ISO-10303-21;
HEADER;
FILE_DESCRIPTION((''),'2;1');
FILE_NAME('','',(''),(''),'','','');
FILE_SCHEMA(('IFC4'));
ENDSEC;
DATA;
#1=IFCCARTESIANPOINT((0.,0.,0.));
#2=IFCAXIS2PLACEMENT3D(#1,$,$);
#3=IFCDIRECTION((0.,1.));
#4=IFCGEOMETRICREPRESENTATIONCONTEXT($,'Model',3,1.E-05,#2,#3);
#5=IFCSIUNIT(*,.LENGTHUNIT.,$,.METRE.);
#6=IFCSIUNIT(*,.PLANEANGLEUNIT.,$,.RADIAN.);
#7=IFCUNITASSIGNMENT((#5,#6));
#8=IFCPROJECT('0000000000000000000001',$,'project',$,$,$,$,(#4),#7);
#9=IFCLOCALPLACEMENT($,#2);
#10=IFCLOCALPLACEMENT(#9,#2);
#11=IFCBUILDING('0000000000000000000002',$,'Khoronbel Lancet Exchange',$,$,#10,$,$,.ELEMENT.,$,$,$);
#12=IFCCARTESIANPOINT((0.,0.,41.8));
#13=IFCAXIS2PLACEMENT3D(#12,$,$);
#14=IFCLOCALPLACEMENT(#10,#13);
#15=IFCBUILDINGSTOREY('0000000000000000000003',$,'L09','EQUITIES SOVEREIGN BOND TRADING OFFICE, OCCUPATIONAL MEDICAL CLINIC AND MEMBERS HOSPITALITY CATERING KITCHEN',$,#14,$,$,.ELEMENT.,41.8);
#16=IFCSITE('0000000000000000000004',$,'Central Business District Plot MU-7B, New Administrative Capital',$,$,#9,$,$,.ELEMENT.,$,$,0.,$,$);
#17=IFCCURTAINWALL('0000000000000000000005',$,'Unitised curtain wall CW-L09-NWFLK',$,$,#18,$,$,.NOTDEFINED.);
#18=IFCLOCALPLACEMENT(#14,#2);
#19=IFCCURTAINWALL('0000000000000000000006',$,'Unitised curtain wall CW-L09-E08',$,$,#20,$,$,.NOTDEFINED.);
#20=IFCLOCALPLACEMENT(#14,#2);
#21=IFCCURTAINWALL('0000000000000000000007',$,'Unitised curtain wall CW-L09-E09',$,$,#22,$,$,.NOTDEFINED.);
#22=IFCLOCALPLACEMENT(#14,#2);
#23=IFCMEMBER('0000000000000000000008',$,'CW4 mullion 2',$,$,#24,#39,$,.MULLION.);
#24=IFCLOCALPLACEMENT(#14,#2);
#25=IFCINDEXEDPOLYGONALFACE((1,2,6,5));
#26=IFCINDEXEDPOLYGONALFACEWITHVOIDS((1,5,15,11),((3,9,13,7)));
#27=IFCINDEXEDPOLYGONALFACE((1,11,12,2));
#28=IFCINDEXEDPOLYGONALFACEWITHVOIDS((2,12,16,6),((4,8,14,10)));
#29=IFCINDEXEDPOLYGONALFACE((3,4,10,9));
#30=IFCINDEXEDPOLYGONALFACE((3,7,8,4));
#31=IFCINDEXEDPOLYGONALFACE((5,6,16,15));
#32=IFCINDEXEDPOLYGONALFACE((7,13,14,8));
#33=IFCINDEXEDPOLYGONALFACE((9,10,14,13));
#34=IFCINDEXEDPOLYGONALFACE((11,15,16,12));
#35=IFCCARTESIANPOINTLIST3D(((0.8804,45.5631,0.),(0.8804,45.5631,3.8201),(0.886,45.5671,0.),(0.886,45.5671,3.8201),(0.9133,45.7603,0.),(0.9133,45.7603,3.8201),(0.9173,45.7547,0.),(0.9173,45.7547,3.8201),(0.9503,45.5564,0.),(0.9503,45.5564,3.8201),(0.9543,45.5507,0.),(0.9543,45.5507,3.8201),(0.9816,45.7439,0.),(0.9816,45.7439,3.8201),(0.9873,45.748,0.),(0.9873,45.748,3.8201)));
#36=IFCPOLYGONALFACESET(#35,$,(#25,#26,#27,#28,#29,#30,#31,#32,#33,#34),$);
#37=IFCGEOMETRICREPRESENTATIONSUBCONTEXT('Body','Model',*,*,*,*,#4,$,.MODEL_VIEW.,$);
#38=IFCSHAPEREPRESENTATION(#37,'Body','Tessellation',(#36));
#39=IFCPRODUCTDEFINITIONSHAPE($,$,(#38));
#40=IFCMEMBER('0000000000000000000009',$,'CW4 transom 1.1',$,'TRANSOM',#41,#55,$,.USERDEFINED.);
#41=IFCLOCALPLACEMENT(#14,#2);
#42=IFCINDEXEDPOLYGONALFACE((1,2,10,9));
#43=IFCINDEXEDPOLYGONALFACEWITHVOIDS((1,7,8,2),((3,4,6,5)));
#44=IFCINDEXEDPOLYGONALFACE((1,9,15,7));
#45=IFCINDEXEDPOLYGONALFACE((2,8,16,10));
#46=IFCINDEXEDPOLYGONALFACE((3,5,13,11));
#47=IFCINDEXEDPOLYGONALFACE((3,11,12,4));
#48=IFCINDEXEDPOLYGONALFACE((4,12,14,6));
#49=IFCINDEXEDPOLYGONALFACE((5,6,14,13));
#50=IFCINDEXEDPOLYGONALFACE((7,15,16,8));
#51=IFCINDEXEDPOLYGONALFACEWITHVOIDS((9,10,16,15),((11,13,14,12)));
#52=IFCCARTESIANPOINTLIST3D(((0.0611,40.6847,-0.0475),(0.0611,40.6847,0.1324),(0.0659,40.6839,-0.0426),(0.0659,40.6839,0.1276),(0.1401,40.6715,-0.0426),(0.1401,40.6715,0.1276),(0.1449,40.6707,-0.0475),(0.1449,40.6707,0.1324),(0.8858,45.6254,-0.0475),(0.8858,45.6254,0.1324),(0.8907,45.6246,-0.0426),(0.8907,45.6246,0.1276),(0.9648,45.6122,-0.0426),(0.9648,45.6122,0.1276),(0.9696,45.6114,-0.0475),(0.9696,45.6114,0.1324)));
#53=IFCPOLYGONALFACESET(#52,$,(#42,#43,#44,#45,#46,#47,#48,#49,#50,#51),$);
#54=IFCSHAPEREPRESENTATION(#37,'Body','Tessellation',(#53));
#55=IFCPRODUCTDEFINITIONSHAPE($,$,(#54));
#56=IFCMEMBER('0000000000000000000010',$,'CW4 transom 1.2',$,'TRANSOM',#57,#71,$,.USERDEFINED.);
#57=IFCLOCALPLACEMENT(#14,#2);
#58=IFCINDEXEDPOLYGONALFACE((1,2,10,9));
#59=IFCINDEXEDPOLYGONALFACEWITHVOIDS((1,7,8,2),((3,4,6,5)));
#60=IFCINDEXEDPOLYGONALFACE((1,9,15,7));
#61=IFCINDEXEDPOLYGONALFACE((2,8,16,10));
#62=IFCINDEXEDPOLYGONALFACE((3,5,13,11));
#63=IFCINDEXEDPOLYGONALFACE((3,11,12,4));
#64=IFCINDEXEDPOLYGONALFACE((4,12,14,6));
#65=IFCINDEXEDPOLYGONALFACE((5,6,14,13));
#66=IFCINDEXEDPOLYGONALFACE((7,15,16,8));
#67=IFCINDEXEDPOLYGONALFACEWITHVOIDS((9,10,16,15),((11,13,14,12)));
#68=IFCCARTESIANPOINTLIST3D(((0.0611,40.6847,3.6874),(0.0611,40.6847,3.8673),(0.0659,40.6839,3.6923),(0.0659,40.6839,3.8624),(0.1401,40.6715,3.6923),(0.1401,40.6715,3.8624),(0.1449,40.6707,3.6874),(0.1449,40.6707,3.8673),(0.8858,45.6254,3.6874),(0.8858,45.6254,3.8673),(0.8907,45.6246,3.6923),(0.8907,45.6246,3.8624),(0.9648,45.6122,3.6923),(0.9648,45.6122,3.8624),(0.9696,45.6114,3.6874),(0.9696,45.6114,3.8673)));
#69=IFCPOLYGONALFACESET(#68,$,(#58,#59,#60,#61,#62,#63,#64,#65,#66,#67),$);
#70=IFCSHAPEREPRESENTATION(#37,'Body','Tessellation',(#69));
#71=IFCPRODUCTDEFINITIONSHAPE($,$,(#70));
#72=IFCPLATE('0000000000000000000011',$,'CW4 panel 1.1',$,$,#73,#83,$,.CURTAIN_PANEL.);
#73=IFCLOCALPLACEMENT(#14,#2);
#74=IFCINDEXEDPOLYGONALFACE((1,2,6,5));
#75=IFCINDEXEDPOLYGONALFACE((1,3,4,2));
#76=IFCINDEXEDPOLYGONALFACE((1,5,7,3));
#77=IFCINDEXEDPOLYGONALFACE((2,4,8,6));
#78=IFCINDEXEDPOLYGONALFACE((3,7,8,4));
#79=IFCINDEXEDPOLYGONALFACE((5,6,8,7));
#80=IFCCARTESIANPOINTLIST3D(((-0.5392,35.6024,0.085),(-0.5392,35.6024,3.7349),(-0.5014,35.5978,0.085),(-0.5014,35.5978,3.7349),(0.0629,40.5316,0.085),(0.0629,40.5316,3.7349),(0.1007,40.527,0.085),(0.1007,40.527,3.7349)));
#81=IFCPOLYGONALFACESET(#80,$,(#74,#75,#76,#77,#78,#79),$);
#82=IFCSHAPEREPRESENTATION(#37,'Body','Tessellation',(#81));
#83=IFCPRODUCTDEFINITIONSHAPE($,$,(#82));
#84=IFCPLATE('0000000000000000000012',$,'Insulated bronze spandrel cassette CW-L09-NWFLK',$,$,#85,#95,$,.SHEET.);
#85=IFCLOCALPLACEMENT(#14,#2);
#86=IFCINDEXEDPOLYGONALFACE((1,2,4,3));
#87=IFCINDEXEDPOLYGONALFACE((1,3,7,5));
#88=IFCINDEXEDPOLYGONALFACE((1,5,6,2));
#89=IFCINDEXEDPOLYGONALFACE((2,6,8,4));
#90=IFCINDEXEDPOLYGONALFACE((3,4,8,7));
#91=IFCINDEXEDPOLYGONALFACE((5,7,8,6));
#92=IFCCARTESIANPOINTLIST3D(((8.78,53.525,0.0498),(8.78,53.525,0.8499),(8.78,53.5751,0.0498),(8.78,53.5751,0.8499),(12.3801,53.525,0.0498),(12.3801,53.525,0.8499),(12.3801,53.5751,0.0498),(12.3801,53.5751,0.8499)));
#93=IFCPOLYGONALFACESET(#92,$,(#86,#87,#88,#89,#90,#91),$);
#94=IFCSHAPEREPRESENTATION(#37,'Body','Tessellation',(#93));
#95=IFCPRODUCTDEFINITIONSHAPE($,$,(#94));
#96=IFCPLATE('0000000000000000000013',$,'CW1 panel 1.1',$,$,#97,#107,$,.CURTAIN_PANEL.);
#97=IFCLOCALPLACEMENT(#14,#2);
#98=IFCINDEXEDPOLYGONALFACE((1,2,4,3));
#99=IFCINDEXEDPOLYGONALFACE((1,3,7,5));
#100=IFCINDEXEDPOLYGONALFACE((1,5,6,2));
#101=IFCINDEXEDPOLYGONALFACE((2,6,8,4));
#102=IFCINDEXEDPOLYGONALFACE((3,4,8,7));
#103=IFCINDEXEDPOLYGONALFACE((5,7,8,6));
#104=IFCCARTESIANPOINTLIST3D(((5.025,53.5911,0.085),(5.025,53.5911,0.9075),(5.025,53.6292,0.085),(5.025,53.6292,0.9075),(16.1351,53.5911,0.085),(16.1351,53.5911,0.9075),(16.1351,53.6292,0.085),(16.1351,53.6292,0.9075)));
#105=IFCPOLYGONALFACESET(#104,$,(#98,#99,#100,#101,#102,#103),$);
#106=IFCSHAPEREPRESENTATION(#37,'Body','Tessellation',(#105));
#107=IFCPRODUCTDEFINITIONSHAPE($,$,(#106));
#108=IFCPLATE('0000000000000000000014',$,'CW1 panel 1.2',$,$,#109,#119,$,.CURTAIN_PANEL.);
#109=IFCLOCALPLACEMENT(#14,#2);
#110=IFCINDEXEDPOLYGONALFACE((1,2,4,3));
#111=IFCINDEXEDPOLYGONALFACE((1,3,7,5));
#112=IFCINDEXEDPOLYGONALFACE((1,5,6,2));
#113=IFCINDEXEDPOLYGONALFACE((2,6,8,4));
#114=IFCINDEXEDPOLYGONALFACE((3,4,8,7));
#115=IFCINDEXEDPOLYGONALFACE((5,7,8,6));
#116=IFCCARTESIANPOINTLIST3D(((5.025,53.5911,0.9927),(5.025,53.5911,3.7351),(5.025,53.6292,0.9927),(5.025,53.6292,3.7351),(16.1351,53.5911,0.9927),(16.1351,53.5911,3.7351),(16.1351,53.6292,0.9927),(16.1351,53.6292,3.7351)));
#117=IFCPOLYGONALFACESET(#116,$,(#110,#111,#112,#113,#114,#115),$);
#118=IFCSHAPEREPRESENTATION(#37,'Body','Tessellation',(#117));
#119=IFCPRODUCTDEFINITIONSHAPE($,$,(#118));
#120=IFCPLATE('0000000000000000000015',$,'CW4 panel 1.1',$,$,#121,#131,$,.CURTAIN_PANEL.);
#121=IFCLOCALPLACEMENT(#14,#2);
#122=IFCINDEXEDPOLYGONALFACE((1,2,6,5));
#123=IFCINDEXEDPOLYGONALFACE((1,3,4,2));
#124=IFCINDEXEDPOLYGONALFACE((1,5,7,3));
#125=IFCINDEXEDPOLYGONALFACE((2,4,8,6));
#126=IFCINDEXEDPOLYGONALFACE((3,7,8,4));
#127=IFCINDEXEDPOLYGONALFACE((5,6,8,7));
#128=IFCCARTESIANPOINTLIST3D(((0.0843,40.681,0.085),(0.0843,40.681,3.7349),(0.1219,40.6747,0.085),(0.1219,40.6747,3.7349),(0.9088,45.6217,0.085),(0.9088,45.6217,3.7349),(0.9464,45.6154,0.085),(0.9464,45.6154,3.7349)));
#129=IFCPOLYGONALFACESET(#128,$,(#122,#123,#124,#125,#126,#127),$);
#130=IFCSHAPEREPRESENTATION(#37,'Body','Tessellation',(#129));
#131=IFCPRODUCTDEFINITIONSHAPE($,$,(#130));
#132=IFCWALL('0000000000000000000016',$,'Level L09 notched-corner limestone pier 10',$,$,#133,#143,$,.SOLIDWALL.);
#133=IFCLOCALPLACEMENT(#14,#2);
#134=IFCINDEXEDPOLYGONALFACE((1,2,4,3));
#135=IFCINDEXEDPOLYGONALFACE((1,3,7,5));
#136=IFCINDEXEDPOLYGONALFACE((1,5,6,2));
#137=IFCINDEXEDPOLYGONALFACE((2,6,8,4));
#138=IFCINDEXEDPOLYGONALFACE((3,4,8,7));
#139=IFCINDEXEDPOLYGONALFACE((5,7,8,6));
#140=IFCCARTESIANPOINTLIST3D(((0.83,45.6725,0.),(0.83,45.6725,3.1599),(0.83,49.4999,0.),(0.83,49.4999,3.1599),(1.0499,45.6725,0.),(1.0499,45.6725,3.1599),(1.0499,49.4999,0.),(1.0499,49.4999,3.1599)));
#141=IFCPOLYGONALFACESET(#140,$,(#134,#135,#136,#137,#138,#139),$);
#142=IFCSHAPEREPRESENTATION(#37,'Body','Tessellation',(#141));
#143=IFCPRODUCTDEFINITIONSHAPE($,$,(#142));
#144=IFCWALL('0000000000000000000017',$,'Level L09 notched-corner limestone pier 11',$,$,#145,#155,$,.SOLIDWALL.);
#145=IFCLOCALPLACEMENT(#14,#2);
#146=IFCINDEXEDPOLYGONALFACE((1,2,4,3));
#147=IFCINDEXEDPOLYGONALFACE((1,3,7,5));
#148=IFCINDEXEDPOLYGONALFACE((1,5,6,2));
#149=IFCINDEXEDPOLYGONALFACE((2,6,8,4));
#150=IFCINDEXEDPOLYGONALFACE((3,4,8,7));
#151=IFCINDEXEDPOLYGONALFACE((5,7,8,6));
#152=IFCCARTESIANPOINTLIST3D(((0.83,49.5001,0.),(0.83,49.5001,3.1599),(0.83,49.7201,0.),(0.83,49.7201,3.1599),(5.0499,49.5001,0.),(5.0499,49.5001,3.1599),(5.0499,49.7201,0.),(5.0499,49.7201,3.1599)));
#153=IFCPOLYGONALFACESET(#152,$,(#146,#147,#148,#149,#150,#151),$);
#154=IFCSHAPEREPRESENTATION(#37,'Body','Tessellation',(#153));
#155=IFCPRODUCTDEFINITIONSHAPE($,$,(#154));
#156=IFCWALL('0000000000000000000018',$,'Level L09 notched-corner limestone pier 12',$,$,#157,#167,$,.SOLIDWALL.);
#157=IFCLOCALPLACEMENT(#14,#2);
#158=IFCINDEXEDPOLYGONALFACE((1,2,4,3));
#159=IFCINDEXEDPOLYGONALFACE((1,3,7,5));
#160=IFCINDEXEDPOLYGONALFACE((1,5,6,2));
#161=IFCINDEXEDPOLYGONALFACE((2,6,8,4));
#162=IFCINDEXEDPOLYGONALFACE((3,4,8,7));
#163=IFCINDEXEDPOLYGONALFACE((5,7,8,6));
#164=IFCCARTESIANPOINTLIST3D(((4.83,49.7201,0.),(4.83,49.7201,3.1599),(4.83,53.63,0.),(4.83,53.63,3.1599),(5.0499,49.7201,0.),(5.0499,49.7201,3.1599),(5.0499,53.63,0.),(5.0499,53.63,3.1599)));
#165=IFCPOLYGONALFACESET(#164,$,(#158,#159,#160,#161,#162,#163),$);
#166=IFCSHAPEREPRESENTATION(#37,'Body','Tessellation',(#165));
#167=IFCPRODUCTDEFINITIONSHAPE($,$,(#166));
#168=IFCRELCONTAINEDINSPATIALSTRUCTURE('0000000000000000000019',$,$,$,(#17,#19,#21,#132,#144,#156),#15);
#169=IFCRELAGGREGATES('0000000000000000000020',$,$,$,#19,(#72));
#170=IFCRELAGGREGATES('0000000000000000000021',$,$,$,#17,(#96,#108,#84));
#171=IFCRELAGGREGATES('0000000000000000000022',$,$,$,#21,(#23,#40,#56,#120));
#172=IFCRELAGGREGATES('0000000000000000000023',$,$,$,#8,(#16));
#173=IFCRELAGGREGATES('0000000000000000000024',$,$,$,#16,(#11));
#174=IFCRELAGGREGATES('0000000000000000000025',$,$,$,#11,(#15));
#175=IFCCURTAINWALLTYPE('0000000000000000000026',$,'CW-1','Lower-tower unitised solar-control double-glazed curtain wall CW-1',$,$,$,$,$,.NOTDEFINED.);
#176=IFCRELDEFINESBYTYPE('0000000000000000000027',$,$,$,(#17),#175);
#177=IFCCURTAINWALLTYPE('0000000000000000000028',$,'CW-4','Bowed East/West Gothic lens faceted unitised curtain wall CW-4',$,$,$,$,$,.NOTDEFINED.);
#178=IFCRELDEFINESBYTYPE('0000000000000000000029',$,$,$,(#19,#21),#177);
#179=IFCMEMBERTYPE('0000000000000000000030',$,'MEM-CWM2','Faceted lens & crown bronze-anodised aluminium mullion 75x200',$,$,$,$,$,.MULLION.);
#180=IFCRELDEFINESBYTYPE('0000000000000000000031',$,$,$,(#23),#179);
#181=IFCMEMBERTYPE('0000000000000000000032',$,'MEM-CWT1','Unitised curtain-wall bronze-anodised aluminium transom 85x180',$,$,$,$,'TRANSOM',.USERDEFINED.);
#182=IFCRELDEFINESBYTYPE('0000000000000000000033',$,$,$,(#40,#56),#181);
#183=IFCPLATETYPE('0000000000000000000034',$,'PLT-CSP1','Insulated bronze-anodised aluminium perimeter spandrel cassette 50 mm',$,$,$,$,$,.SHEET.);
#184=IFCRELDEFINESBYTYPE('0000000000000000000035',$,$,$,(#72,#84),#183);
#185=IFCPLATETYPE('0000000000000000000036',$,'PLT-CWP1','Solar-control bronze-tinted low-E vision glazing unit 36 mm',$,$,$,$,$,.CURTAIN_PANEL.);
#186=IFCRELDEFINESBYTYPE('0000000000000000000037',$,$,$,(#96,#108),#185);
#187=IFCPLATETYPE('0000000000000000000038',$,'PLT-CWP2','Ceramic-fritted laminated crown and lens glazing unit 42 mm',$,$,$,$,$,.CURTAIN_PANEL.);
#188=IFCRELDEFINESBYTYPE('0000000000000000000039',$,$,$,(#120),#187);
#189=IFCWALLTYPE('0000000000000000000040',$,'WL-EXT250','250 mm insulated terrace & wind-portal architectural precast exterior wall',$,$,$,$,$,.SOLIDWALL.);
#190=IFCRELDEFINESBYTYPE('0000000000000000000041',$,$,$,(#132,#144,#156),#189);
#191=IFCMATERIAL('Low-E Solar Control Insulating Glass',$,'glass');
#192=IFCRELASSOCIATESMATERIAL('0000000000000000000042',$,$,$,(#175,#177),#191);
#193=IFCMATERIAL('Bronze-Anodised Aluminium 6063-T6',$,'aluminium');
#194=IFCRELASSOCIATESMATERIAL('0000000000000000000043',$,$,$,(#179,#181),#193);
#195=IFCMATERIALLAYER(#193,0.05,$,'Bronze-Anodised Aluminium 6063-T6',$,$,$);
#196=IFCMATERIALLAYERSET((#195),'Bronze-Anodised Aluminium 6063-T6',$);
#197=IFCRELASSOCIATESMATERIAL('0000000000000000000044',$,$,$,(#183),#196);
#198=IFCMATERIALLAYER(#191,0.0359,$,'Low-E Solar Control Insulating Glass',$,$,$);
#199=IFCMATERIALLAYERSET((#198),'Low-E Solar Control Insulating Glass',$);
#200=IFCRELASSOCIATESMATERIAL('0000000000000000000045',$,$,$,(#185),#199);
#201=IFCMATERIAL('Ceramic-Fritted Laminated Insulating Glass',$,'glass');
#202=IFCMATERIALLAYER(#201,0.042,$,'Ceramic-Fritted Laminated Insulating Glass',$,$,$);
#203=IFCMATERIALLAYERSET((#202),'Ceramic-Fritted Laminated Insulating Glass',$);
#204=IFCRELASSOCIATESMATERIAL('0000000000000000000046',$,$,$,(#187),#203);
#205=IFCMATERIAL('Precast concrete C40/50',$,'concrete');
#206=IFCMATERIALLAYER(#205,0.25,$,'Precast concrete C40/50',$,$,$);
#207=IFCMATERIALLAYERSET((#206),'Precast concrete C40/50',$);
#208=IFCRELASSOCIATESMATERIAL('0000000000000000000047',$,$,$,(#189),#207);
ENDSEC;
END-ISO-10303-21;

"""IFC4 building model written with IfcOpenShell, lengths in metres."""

from ifc_helpers import new_model, si_unit, direction, frame, frame_2d, origin, origin_2d, place, context, subcontext, project, spatial, rectangle, hollow_rectangle, extrude, material, layer, layer_set, material_profile, profile_set, type_object, element, aggregate, save


model = new_model("IFC4")

# Units and contexts
model_context = context("Model", 3, precision=1e-05, world=origin(), true_north=direction((0.0, 1.0)))
body_context = subcontext(model_context, "Body", "Model", "MODEL_VIEW")
ifc_project = project(units=[si_unit("LENGTHUNIT", "METRE"), si_unit("PLANEANGLEUNIT", "RADIAN")], contexts=[model_context])

# Site, building, storey
site_placement = place(None, origin())
site = spatial("IfcSite", under=ifc_project, at=site_placement, Name="Central Business District Plot MU-7B, New Administrative Capital", CompositionType="ELEMENT", RefElevation=0.0)
building_placement = place(site_placement, origin())
building = spatial("IfcBuilding", under=site, at=building_placement, Name="Khoronbel Lancet Exchange", CompositionType="ELEMENT")
storey_placement = place(building_placement, frame((0.0, 0.0, 41.8)))
storey = spatial("IfcBuildingStorey", under=building, at=storey_placement, Name="L09", Description="EQUITIES SOVEREIGN BOND TRADING OFFICE, OCCUPATIONAL MEDICAL CLINIC AND MEMBERS HOSPITALITY CATERING KITCHEN", CompositionType="ELEMENT", Elevation=41.8)

# Curtain walls
ifc_material_1 = material(Name="Low-E Solar Control Insulating Glass", Category="glass")
curtain_wall_type_1 = type_object("IfcCurtainWallType", Name="CW-1", Description="Lower-tower unitised solar-control double-glazed curtain wall CW-1", PredefinedType="NOTDEFINED", material=ifc_material_1)
curtain_wall_1_placement = place(storey_placement, origin())
curtain_wall_1 = element("IfcCurtainWall", 1, at=curtain_wall_1_placement, inside=storey, type_object=curtain_wall_type_1, Name="Unitised curtain wall CW-L09-NWFLK", PredefinedType="NOTDEFINED")
ifc_material_2 = material(Name="Bronze-Anodised Aluminium 6063-T6", Category="aluminium")
curtain_wall_type_2 = type_object("IfcCurtainWallType", Name="CW-4", Description="Bowed East/West Gothic lens faceted unitised curtain wall CW-4", PredefinedType="NOTDEFINED", material=ifc_material_1)
curtain_wall_2_placement = place(storey_placement, origin())
curtain_wall_2 = element("IfcCurtainWall", 2, at=curtain_wall_2_placement, inside=storey, type_object=curtain_wall_type_2, Name="Unitised curtain wall CW-L09-E08", PredefinedType="NOTDEFINED")
ifc_material_profile_1 = material_profile(ifc_material_2, hollow_rectangle(XDim=0.075, YDim=0.2, WallThickness=0.0049, at=origin_2d()), Name="ALU MULLION 75x200")
ifc_profile_set_1 = profile_set([ifc_material_profile_1], Name="Bronze-Anodised Aluminium 6063-T6")
member_type_1 = type_object("IfcMemberType", Name="MEM-CWM2", Description="Faceted lens & crown bronze-anodised aluminium mullion 75x200", PredefinedType="MULLION", material=ifc_profile_set_1)

# Curtain wall, members
curtain_wall_3_placement = place(storey_placement, origin())
curtain_wall_3 = element("IfcCurtainWall", 3, at=curtain_wall_3_placement, inside=storey, type_object=curtain_wall_type_2, Name="Unitised curtain wall CW-L09-E09", PredefinedType="NOTDEFINED")
member_1_placement = place(storey_placement, frame((0.9338, 45.6555, 0.0), z_axis=(0.0, 0.0, 1.0), x_axis=(-0.98636, 0.164603, 0.0)))
member_1 = element("IfcMember", 4, at=member_1_placement, type_object=member_type_1, Name="CW4 mullion 2", PredefinedType="MULLION", context=body_context, shape_type="SweptSolid", body=[
    extrude(hollow_rectangle(XDim=0.075, YDim=0.2, WallThickness=0.0049, at=origin_2d()), origin(), (0.0, 0.0, 1.0), 3.8201),
])
ifc_material_profile_2 = material_profile(ifc_material_2, hollow_rectangle(XDim=0.085, YDim=0.1799, WallThickness=0.0049, at=origin_2d()), Name="ALU TRANSOM 85x180")
ifc_profile_set_2 = profile_set([ifc_material_profile_2], Name="Bronze-Anodised Aluminium 6063-T6")
member_type_2 = type_object("IfcMemberType", Name="MEM-CWT1", Description="Unitised curtain-wall bronze-anodised aluminium transom 85x180", ElementType="TRANSOM", PredefinedType="USERDEFINED", material=ifc_profile_set_2)
member_2_placement = place(storey_placement, frame((0.103, 40.6777, 0.0425), z_axis=(0.164644, 0.986353, 0.0), x_axis=(-0.986353, 0.164644, 0.0)))
member_2 = element("IfcMember", 5, at=member_2_placement, type_object=member_type_2, Name="CW4 transom 1.1", ObjectType="TRANSOM", PredefinedType="USERDEFINED", context=body_context, shape_type="SweptSolid", body=[
    extrude(hollow_rectangle(XDim=0.085, YDim=0.1799, WallThickness=0.0049, at=origin_2d()), origin(), (0.0, 0.0, 1.0), 5.009),
])
member_3_placement = place(storey_placement, frame((0.103, 40.6777, 3.7773), z_axis=(0.164644, 0.986353, 0.0), x_axis=(-0.986353, 0.164644, 0.0)))
member_3 = element("IfcMember", 6, at=member_3_placement, type_object=member_type_2, Name="CW4 transom 1.2", ObjectType="TRANSOM", PredefinedType="USERDEFINED", context=body_context, shape_type="SweptSolid", body=[
    extrude(hollow_rectangle(XDim=0.085, YDim=0.1799, WallThickness=0.0049, at=origin_2d()), origin(), (0.0, 0.0, 1.0), 5.009),
])

# Plates
ifc_layer_1 = layer(ifc_material_2, 0.05, Name="Bronze-Anodised Aluminium 6063-T6")
ifc_layer_set_1 = layer_set([ifc_layer_1], Name="Bronze-Anodised Aluminium 6063-T6")
plate_type_1 = type_object("IfcPlateType", Name="PLT-CSP1", Description="Insulated bronze-anodised aluminium perimeter spandrel cassette 50 mm", PredefinedType="SHEET", material=ifc_layer_set_1)
plate_1_placement = place(storey_placement, frame((-0.2192, 38.0647, 0.085), z_axis=(0.0, 0.0, 1.0), x_axis=(0.121253, 0.992622, 0.0)))
plate_1 = element("IfcPlate", 7, at=plate_1_placement, type_object=plate_type_1, Name="CW4 panel 1.1", PredefinedType="CURTAIN_PANEL", context=body_context, shape_type="SweptSolid", body=[
    extrude(rectangle(XDim=4.9658, YDim=0.0381, at=origin_2d()), origin(), (0.0, 0.0, 1.0), 3.6499),
])
aggregate(curtain_wall_2, [plate_1])
plate_2_placement = place(storey_placement, frame((10.5801, 53.55, 0.0498), z_axis=(0.0, 0.0, 1.0), x_axis=(-1.0, 0.0, 0.0)))
plate_2 = element("IfcPlate", 8, at=plate_2_placement, type_object=plate_type_1, Name="Insulated bronze spandrel cassette CW-L09-NWFLK", PredefinedType="SHEET", context=body_context, shape_type="SweptSolid", body=[
    extrude(rectangle(XDim=3.6001, YDim=0.05, at=origin_2d()), origin(), (0.0, 0.0, 1.0), 0.8),
])
ifc_layer_2 = layer(ifc_material_1, 0.0359, Name="Low-E Solar Control Insulating Glass")
ifc_layer_set_2 = layer_set([ifc_layer_2], Name="Low-E Solar Control Insulating Glass")
plate_type_2 = type_object("IfcPlateType", Name="PLT-CWP1", Description="Solar-control bronze-tinted low-E vision glazing unit 36 mm", PredefinedType="CURTAIN_PANEL", material=ifc_layer_set_2)
plate_3_placement = place(storey_placement, frame((10.5801, 53.6101, 0.085), z_axis=(0.0, 0.0, 1.0), x_axis=(-1.0, 0.0, 0.0)))
plate_3 = element("IfcPlate", 9, at=plate_3_placement, type_object=plate_type_2, Name="CW1 panel 1.1", PredefinedType="CURTAIN_PANEL", context=body_context, shape_type="SweptSolid", body=[
    extrude(rectangle(XDim=11.1101, YDim=0.0381, at=origin_2d()), origin(), (0.0, 0.0, 1.0), 0.8225),
])
plate_4_placement = place(storey_placement, frame((10.5801, 53.6101, 0.9927), z_axis=(0.0, 0.0, 1.0), x_axis=(-1.0, 0.0, 0.0)))
plate_4 = element("IfcPlate", 10, at=plate_4_placement, type_object=plate_type_2, Name="CW1 panel 1.2", PredefinedType="CURTAIN_PANEL", context=body_context, shape_type="SweptSolid", body=[
    extrude(rectangle(XDim=11.1101, YDim=0.0381, at=origin_2d()), origin(), (0.0, 0.0, 1.0), 2.7424),
])
aggregate(curtain_wall_1, [plate_3, plate_4, plate_2])
ifc_material_3 = material(Name="Ceramic-Fritted Laminated Insulating Glass", Category="glass")
ifc_layer_3 = layer(ifc_material_3, 0.042, Name="Ceramic-Fritted Laminated Insulating Glass")
ifc_layer_set_3 = layer_set([ifc_layer_3], Name="Ceramic-Fritted Laminated Insulating Glass")
plate_type_3 = type_object("IfcPlateType", Name="PLT-CWP2", Description="Ceramic-fritted laminated crown and lens glazing unit 42 mm", PredefinedType="CURTAIN_PANEL", material=ifc_layer_set_3)
plate_5_placement = place(storey_placement, frame((0.5154, 43.1482, 0.085), z_axis=(0.0, 0.0, 1.0), x_axis=(0.164603, 0.98636, 0.0)))
plate_5 = element("IfcPlate", 11, at=plate_5_placement, type_object=plate_type_3, Name="CW4 panel 1.1", PredefinedType="CURTAIN_PANEL", context=body_context, shape_type="SweptSolid", body=[
    extrude(rectangle(XDim=5.009, YDim=0.0381, at=origin_2d()), origin(), (0.0, 0.0, 1.0), 3.6499),
])
aggregate(curtain_wall_3, [member_1, member_2, member_3, plate_5])

# Walls
ifc_material_4 = material(Name="Precast concrete C40/50", Category="concrete")
ifc_layer_4 = layer(ifc_material_4, 0.25, Name="Precast concrete C40/50")
ifc_layer_set_4 = layer_set([ifc_layer_4], Name="Precast concrete C40/50")
wall_type_1 = type_object("IfcWallType", Name="WL-EXT250", Description="250 mm insulated terrace & wind-portal architectural precast exterior wall", PredefinedType="SOLIDWALL", material=ifc_layer_set_4)
wall_1_placement = place(storey_placement, frame((0.9399, 45.6726, 0.0), z_axis=(0.0, 0.0, 1.0), x_axis=(0.0, 1.0, 0.0)))
element("IfcWall", 12, at=wall_1_placement, inside=storey, type_object=wall_type_1, Name="Level L09 notched-corner limestone pier 10", PredefinedType="SOLIDWALL", context=body_context, shape_type="SweptSolid", body=[
    extrude(rectangle(XDim=3.8274, YDim=0.22, at=frame_2d((1.9136, 0.0))), origin(), (0.0, 0.0, 1.0), 3.1599),
])
wall_2_placement = place(storey_placement, frame((0.8301, 49.6101, 0.0), z_axis=(0.0, 0.0, 1.0), x_axis=(1.0, 0.0, 0.0)))
element("IfcWall", 13, at=wall_2_placement, inside=storey, type_object=wall_type_1, Name="Level L09 notched-corner limestone pier 11", PredefinedType="SOLIDWALL", context=body_context, shape_type="SweptSolid", body=[
    extrude(rectangle(XDim=4.22, YDim=0.22, at=frame_2d((2.1099, 0.0))), origin(), (0.0, 0.0, 1.0), 3.1599),
])
wall_3_placement = place(storey_placement, frame((4.9399, 49.72, 0.0), z_axis=(0.0, 0.0, 1.0), x_axis=(0.0, 1.0, 0.0)))
element("IfcWall", 14, at=wall_3_placement, inside=storey, type_object=wall_type_1, Name="Level L09 notched-corner limestone pier 12", PredefinedType="SOLIDWALL", context=body_context, shape_type="SweptSolid", body=[
    extrude(rectangle(XDim=3.9099, YDim=0.22, at=frame_2d((1.9551, 0.0))), origin(), (0.0, 0.0, 1.0), 3.1599),
])

save(model, "model.ifc")
